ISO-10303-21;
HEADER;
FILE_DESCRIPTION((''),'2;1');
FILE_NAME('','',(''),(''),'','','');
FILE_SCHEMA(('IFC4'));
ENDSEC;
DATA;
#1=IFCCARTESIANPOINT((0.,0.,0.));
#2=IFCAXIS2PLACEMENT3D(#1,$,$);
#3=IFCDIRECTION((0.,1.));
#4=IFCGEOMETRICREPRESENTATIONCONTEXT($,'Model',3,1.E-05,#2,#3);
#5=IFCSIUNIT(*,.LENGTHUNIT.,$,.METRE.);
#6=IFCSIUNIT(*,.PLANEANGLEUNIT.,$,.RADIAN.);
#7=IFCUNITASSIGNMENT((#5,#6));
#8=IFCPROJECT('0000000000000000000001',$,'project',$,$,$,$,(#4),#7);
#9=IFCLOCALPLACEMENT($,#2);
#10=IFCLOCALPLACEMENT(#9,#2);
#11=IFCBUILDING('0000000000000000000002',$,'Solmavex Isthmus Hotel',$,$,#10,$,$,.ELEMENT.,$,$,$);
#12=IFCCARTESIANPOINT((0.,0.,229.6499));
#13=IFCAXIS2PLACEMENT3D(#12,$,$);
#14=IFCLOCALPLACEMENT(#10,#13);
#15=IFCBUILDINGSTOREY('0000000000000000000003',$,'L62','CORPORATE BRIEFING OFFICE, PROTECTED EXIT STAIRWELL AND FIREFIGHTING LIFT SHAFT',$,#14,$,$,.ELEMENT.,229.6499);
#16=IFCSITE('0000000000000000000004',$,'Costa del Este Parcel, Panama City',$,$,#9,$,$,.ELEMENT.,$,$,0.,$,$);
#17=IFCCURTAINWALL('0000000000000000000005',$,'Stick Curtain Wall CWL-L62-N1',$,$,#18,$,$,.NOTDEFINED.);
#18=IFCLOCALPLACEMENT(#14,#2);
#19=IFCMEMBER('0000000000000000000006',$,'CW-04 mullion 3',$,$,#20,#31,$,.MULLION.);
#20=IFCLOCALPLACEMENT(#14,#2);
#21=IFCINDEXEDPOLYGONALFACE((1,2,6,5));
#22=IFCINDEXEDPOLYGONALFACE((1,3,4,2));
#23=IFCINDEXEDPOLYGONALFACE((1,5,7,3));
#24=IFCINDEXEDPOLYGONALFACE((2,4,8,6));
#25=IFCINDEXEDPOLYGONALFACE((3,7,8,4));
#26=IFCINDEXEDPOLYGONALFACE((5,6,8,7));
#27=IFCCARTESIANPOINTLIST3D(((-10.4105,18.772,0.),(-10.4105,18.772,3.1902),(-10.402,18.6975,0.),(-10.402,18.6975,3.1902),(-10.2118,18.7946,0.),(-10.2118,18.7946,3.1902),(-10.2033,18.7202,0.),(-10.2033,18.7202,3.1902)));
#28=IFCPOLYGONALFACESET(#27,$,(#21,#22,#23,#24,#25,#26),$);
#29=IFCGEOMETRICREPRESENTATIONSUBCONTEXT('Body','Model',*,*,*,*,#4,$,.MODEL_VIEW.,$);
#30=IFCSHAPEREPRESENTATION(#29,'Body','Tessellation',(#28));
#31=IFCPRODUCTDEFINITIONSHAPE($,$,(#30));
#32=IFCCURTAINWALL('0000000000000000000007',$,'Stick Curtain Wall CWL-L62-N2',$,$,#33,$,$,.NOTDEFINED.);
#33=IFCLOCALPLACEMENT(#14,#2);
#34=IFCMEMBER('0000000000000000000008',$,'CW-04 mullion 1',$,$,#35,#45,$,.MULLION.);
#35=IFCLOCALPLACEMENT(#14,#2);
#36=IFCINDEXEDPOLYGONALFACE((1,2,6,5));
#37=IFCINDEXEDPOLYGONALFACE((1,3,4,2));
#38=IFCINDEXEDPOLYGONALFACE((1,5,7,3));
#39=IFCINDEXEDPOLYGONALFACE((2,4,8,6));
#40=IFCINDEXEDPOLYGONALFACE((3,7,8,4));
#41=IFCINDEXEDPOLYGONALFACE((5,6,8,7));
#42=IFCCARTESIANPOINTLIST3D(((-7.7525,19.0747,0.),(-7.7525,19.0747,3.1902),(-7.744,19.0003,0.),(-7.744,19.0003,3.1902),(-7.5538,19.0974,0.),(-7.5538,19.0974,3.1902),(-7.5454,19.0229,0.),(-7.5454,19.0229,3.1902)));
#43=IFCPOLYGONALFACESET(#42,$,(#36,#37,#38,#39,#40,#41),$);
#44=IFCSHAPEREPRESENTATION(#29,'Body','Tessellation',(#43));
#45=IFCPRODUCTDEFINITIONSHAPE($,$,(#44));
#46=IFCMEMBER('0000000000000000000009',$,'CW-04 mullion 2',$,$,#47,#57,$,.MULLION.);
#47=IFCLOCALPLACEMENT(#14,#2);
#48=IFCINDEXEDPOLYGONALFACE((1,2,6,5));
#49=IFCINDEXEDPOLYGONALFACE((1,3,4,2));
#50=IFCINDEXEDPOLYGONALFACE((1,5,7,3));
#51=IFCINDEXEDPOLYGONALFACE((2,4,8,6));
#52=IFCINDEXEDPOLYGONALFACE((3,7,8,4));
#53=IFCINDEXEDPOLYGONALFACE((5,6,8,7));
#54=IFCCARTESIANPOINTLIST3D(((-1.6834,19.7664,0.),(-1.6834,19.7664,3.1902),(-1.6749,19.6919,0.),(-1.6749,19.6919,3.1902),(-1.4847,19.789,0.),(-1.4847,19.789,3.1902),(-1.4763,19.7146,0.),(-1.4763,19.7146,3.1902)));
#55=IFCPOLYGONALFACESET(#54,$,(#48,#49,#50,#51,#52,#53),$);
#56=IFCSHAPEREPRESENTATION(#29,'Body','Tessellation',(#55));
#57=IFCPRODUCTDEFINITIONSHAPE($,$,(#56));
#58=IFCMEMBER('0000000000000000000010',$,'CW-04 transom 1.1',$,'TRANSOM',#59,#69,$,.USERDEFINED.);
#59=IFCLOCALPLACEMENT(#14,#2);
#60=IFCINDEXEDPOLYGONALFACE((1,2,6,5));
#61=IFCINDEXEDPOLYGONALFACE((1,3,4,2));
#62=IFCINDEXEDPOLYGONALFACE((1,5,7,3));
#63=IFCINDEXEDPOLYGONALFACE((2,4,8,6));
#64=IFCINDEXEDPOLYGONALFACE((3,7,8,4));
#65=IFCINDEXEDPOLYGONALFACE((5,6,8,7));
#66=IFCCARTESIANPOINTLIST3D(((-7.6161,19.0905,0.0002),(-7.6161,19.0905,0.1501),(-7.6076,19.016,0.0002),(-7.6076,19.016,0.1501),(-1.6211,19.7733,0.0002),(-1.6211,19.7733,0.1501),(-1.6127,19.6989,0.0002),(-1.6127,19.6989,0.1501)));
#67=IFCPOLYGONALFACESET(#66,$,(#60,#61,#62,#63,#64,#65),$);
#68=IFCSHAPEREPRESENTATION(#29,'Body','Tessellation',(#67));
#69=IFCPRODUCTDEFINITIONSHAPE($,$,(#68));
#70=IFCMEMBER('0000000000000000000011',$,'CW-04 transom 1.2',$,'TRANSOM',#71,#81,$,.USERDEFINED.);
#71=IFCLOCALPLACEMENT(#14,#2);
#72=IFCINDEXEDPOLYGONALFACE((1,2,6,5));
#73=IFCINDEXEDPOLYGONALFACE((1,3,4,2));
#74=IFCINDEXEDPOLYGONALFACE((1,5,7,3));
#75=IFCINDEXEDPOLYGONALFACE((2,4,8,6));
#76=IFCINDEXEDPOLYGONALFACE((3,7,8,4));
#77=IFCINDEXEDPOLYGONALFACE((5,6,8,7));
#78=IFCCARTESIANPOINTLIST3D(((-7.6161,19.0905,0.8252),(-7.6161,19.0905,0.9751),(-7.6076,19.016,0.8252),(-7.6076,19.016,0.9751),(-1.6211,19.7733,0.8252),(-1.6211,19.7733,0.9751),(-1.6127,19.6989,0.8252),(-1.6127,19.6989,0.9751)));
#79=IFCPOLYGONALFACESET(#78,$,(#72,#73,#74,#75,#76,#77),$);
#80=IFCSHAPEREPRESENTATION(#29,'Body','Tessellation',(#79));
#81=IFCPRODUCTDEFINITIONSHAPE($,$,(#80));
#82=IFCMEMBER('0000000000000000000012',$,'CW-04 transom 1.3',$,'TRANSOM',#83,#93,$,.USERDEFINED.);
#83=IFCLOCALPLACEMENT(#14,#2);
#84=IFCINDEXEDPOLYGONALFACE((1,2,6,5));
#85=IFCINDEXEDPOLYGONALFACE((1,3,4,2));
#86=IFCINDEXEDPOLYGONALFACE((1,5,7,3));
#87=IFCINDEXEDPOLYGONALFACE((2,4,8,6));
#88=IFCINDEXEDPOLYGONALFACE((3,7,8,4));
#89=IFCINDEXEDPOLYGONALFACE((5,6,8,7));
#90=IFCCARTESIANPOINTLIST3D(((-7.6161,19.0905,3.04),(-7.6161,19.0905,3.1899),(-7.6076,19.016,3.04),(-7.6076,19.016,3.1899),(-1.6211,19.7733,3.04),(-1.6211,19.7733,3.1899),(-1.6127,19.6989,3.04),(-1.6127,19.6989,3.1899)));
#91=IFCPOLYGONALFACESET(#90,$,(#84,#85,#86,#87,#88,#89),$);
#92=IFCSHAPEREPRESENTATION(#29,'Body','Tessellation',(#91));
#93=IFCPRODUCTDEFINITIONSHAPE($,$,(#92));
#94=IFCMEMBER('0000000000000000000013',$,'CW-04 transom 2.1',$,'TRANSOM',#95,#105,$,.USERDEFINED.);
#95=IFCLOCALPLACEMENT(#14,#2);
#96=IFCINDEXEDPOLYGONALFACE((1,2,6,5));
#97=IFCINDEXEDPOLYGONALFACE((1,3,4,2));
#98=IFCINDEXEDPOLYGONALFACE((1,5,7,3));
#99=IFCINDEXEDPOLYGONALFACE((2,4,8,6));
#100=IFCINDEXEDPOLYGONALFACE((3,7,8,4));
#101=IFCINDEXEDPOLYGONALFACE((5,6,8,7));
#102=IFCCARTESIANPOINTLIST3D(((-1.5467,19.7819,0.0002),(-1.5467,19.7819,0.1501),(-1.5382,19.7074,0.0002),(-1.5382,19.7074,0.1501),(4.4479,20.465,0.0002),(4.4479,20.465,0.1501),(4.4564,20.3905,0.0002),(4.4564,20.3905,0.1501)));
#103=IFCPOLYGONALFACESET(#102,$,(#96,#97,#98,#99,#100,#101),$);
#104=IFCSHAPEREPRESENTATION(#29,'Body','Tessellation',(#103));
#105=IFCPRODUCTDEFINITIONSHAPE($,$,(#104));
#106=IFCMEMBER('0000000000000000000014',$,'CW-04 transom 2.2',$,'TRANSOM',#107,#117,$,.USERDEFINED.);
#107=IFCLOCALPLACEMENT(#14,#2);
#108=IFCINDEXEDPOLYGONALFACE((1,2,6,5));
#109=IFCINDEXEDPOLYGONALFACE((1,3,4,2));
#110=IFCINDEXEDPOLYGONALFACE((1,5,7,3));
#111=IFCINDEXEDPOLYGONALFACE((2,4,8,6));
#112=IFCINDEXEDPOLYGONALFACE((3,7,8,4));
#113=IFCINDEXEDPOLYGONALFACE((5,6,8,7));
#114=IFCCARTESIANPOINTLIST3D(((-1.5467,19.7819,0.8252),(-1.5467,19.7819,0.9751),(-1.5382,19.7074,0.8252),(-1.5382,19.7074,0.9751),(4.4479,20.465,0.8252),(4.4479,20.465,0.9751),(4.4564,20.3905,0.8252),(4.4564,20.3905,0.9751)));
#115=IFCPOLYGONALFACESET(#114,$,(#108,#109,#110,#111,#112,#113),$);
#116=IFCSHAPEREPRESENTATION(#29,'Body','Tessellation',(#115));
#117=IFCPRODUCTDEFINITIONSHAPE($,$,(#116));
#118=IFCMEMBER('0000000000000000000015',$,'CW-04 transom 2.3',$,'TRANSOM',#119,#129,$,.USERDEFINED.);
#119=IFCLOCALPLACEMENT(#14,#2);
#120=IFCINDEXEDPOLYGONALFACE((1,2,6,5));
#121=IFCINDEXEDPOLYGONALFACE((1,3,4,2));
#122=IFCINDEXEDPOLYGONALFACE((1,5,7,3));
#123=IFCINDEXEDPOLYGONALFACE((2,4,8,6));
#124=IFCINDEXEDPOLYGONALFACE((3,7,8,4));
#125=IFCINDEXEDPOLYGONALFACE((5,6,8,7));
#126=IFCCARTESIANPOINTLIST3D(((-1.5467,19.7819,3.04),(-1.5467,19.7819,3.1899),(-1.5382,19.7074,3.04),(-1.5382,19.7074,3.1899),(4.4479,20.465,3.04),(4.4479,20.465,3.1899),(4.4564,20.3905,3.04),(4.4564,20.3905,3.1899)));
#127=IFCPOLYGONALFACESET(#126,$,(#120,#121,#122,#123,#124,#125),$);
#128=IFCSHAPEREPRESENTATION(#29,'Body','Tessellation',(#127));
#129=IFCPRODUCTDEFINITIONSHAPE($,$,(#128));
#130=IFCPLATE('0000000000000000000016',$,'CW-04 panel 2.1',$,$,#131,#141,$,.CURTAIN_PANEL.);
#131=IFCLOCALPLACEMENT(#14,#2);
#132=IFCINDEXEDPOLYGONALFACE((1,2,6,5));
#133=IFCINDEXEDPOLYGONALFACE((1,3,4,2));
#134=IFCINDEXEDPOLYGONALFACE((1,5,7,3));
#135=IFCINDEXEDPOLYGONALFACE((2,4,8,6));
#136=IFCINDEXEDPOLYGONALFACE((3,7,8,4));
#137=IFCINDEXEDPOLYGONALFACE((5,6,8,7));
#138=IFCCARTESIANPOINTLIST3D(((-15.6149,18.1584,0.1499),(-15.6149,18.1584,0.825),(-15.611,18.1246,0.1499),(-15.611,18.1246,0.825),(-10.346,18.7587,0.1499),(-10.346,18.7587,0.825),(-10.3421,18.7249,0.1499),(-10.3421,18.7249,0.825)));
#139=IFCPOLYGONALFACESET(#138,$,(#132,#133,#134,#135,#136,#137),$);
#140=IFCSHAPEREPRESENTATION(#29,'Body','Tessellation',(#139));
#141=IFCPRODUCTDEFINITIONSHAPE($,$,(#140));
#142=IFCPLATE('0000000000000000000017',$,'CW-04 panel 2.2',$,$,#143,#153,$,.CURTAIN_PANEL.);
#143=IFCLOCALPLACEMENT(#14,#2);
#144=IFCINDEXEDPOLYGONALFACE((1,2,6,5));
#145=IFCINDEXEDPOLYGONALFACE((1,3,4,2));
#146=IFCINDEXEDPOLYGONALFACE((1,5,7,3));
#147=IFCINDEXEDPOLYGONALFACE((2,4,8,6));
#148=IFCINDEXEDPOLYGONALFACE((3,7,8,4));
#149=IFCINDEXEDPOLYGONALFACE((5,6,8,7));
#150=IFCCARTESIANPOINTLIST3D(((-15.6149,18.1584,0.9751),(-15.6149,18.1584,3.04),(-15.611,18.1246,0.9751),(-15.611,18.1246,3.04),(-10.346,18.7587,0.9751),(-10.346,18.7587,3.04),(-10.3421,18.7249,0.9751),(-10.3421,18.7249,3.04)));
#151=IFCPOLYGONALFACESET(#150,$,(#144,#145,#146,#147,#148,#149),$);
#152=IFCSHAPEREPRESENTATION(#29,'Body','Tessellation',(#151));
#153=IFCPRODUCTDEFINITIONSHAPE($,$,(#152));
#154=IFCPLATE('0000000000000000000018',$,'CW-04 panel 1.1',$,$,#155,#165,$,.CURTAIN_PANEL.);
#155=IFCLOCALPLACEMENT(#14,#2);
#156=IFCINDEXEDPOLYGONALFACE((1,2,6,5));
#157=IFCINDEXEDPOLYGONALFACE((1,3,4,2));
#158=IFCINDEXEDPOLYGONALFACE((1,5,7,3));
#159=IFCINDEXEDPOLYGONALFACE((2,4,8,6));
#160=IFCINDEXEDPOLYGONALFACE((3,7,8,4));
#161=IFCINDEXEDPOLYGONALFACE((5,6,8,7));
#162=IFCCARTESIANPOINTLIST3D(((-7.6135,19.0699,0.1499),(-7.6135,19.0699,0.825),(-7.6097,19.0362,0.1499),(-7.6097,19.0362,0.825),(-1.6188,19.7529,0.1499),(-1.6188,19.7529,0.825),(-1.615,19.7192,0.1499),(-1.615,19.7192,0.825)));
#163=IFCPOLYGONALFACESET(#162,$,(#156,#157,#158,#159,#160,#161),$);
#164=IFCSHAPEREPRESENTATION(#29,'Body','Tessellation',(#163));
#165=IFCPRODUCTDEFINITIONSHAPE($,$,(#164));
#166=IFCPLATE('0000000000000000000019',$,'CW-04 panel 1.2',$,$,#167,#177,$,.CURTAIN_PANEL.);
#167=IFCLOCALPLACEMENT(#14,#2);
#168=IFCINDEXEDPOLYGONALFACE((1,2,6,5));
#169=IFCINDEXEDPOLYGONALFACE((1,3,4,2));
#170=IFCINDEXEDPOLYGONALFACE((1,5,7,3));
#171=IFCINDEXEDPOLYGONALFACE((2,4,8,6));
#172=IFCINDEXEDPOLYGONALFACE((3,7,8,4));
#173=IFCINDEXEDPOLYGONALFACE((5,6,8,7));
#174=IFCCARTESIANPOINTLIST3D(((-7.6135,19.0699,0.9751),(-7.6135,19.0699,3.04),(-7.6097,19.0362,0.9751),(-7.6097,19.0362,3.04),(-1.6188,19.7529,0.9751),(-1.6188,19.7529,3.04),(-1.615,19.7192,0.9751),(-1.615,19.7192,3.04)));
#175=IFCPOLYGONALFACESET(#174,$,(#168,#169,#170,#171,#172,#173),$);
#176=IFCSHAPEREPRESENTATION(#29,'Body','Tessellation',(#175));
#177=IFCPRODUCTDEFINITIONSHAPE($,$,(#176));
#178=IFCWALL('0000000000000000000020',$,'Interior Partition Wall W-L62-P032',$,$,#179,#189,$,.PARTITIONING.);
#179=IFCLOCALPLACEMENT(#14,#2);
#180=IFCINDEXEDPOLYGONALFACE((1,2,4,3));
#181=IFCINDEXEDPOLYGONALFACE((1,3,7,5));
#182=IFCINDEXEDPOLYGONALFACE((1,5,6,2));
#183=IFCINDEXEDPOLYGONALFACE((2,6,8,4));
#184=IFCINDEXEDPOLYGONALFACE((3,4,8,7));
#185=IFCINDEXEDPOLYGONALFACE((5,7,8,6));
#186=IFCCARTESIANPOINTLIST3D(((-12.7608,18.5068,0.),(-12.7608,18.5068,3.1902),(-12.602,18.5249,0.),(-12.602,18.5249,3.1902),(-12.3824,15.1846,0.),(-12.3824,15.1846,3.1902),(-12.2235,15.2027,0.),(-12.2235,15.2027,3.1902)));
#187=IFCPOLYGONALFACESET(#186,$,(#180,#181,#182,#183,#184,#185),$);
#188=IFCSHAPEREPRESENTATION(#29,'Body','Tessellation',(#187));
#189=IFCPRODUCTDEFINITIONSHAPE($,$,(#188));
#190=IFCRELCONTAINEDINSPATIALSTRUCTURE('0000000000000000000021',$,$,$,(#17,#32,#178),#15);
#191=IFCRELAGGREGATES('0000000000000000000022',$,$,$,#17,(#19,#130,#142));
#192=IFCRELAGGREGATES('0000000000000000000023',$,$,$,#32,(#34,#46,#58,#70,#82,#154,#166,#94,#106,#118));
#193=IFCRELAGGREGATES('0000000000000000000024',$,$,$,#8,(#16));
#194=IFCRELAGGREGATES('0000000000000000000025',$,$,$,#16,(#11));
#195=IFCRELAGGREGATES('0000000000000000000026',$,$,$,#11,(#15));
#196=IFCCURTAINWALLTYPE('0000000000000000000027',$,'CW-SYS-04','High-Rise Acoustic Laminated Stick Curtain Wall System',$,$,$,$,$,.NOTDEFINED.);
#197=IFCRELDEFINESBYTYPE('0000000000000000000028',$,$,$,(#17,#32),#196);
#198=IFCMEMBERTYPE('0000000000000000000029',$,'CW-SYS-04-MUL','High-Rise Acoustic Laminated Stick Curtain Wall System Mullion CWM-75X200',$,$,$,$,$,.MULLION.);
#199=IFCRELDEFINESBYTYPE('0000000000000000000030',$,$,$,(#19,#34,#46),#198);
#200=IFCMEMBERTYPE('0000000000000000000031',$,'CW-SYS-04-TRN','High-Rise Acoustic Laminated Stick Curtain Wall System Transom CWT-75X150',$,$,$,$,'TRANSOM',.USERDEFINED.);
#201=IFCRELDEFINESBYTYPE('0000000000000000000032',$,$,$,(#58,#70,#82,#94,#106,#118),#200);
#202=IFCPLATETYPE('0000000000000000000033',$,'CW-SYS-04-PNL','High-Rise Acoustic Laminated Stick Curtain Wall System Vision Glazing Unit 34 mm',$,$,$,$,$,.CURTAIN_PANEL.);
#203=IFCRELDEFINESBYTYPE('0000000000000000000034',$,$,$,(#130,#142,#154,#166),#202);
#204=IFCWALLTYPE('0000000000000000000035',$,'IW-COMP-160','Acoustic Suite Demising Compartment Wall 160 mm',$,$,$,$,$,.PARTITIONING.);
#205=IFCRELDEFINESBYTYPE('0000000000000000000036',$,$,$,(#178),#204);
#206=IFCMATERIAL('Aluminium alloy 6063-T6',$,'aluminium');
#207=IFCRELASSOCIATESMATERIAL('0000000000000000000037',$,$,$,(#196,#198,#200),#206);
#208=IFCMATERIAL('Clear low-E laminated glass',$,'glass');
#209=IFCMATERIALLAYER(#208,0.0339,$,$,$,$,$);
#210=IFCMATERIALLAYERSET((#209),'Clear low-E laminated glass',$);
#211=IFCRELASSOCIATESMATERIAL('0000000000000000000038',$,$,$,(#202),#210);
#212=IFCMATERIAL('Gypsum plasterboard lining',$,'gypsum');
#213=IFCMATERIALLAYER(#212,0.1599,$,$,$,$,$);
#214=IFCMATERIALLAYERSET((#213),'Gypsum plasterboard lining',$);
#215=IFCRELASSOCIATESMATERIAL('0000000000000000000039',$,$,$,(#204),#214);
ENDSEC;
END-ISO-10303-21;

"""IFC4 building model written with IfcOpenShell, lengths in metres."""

from ifc_helpers import new_model, si_unit, direction, frame, frame_2d, origin, origin_2d, place, context, subcontext, project, spatial, rectangle, extrude, material, layer, layer_set, material_profile, profile_set, type_object, element, aggregate, save


model = new_model("IFC4")

# Units and contexts
model_context = context("Model", 3, precision=1e-05, world=origin(), true_north=direction((0.0, 1.0)))
body_context = subcontext(model_context, "Body", "Model", "MODEL_VIEW")
ifc_project = project(units=[si_unit("LENGTHUNIT", "METRE"), si_unit("PLANEANGLEUNIT", "RADIAN")], contexts=[model_context])

# Site, building, storey
site_placement = place(None, origin())
site = spatial("IfcSite", under=ifc_project, at=site_placement, Name="Costa del Este Parcel, Panama City", CompositionType="ELEMENT", RefElevation=0.0)
building_placement = place(site_placement, origin())
building = spatial("IfcBuilding", under=site, at=building_placement, Name="Solmavex Isthmus Hotel", CompositionType="ELEMENT")
storey_placement = place(building_placement, frame((0.0, 0.0, 229.6499)))
storey = spatial("IfcBuildingStorey", under=building, at=storey_placement, Name="L62", Description="CORPORATE BRIEFING OFFICE, PROTECTED EXIT STAIRWELL AND FIREFIGHTING LIFT SHAFT", CompositionType="ELEMENT", Elevation=229.6499)

# Curtain wall, member
ifc_material_1 = material(Name="Aluminium alloy 6063-T6", Category="aluminium")
curtain_wall_type = type_object("IfcCurtainWallType", Name="CW-SYS-04", Description="High-Rise Acoustic Laminated Stick Curtain Wall System", PredefinedType="NOTDEFINED", material=ifc_material_1)
curtain_wall_1_placement = place(storey_placement, origin())
curtain_wall_1 = element("IfcCurtainWall", 1, at=curtain_wall_1_placement, inside=storey, type_object=curtain_wall_type, Name="Stick Curtain Wall CWL-L62-N1", PredefinedType="NOTDEFINED")
ifc_material_profile_1 = material_profile(ifc_material_1, rectangle(XDim=0.075, YDim=0.2, at=origin_2d()), Name="CWM-75X200")
ifc_profile_set_1 = profile_set([ifc_material_profile_1], Name="Aluminium alloy 6063-T6")
member_type_1 = type_object("IfcMemberType", Name="CW-SYS-04-MUL", Description="High-Rise Acoustic Laminated Stick Curtain Wall System Mullion CWM-75X200", PredefinedType="MULLION", material=ifc_profile_set_1)
member_1_placement = place(storey_placement, frame((-10.3069, 18.7461, 0.0), z_axis=(0.0, 0.0, 1.0), x_axis=(-0.113203, 0.993572, 0.0)))
member_1 = element("IfcMember", 2, at=member_1_placement, type_object=member_type_1, Name="CW-04 mullion 3", PredefinedType="MULLION", context=body_context, shape_type="SweptSolid", body=[
    extrude(rectangle(XDim=0.075, YDim=0.2, at=origin_2d()), origin(), (0.0, 0.0, 1.0), 3.1902),
])

# Curtain wall, members
curtain_wall_2_placement = place(storey_placement, origin())
curtain_wall_2 = element("IfcCurtainWall", 3, at=curtain_wall_2_placement, inside=storey, type_object=curtain_wall_type, Name="Stick Curtain Wall CWL-L62-N2", PredefinedType="NOTDEFINED")
member_2_placement = place(storey_placement, frame((-7.6489, 19.0488, 0.0), z_axis=(0.0, 0.0, 1.0), x_axis=(-0.113203, 0.993572, 0.0)))
member_2 = element("IfcMember", 4, at=member_2_placement, type_object=member_type_1, Name="CW-04 mullion 1", PredefinedType="MULLION", context=body_context, shape_type="SweptSolid", body=[
    extrude(rectangle(XDim=0.075, YDim=0.2, at=origin_2d()), origin(), (0.0, 0.0, 1.0), 3.1902),
])
member_3_placement = place(storey_placement, frame((-1.5798, 19.7405, 0.0), z_axis=(0.0, 0.0, 1.0), x_axis=(-0.113203, 0.993572, 0.0)))
member_3 = element("IfcMember", 5, at=member_3_placement, type_object=member_type_1, Name="CW-04 mullion 2", PredefinedType="MULLION", context=body_context, shape_type="SweptSolid", body=[
    extrude(rectangle(XDim=0.075, YDim=0.2, at=origin_2d()), origin(), (0.0, 0.0, 1.0), 3.1902),
])
ifc_material_profile_2 = material_profile(ifc_material_1, rectangle(XDim=0.075, YDim=0.1499, at=origin_2d()), Name="CWT-75X150")
ifc_profile_set_2 = profile_set([ifc_material_profile_2], Name="Aluminium alloy 6063-T6")
member_type_2 = type_object("IfcMemberType", Name="CW-SYS-04-TRN", Description="High-Rise Acoustic Laminated Stick Curtain Wall System Transom CWT-75X150", ElementType="TRANSOM", PredefinedType="USERDEFINED", material=ifc_profile_set_2)
member_4_placement = place(storey_placement, frame((-7.6118, 19.0532, 0.0752), z_axis=(0.993575, 0.113176, 0.0), x_axis=(-0.113176, 0.993575, 0.0)))
member_4 = element("IfcMember", 6, at=member_4_placement, type_object=member_type_2, Name="CW-04 transom 1.1", ObjectType="TRANSOM", PredefinedType="USERDEFINED", context=body_context, shape_type="SweptSolid", body=[
    extrude(rectangle(XDim=0.075, YDim=0.1499, at=origin_2d()), origin(), (0.0, 0.0, 1.0), 6.0337),
])
member_5_placement = place(storey_placement, frame((-7.6118, 19.0532, 0.9001), z_axis=(0.993575, 0.113176, 0.0), x_axis=(-0.113176, 0.993575, 0.0)))
member_5 = element("IfcMember", 7, at=member_5_placement, type_object=member_type_2, Name="CW-04 transom 1.2", ObjectType="TRANSOM", PredefinedType="USERDEFINED", context=body_context, shape_type="SweptSolid", body=[
    extrude(rectangle(XDim=0.075, YDim=0.1499, at=origin_2d()), origin(), (0.0, 0.0, 1.0), 6.0337),
])
member_6_placement = place(storey_placement, frame((-7.6118, 19.0532, 3.115), z_axis=(0.993575, 0.113176, 0.0), x_axis=(-0.113176, 0.993575, 0.0)))
member_6 = element("IfcMember", 8, at=member_6_placement, type_object=member_type_2, Name="CW-04 transom 1.3", ObjectType="TRANSOM", PredefinedType="USERDEFINED", context=body_context, shape_type="SweptSolid", body=[
    extrude(rectangle(XDim=0.075, YDim=0.1499, at=origin_2d()), origin(), (0.0, 0.0, 1.0), 6.0337),
])
member_7_placement = place(storey_placement, frame((-1.5425, 19.7446, 0.0752), z_axis=(0.99357, 0.11322, 0.0), x_axis=(-0.11322, 0.99357, 0.0)))
member_7 = element("IfcMember", 9, at=member_7_placement, type_object=member_type_2, Name="CW-04 transom 2.1", ObjectType="TRANSOM", PredefinedType="USERDEFINED", context=body_context, shape_type="SweptSolid", body=[
    extrude(rectangle(XDim=0.075, YDim=0.1499, at=origin_2d()), origin(), (0.0, 0.0, 1.0), 6.0334),
])
member_8_placement = place(storey_placement, frame((-1.5425, 19.7446, 0.9001), z_axis=(0.99357, 0.11322, 0.0), x_axis=(-0.11322, 0.99357, 0.0)))
member_8 = element("IfcMember", 10, at=member_8_placement, type_object=member_type_2, Name="CW-04 transom 2.2", ObjectType="TRANSOM", PredefinedType="USERDEFINED", context=body_context, shape_type="SweptSolid", body=[
    extrude(rectangle(XDim=0.075, YDim=0.1499, at=origin_2d()), origin(), (0.0, 0.0, 1.0), 6.0334),
])
member_9_placement = place(storey_placement, frame((-1.5425, 19.7446, 3.115), z_axis=(0.99357, 0.11322, 0.0), x_axis=(-0.11322, 0.99357, 0.0)))
member_9 = element("IfcMember", 11, at=member_9_placement, type_object=member_type_2, Name="CW-04 transom 2.3", ObjectType="TRANSOM", PredefinedType="USERDEFINED", context=body_context, shape_type="SweptSolid", body=[
    extrude(rectangle(XDim=0.075, YDim=0.1499, at=origin_2d()), origin(), (0.0, 0.0, 1.0), 6.0334),
])

# Plates
ifc_material_2 = material(Name="Clear low-E laminated glass", Category="glass")
ifc_layer_1 = layer(ifc_material_2, 0.0339)
ifc_layer_set_1 = layer_set([ifc_layer_1], Name="Clear low-E laminated glass")
plate_type = type_object("IfcPlateType", Name="CW-SYS-04-PNL", Description="High-Rise Acoustic Laminated Stick Curtain Wall System Vision Glazing Unit 34 mm", PredefinedType="CURTAIN_PANEL", material=ifc_layer_set_1)
plate_1_placement = place(storey_placement, frame((-12.9785, 18.4417, 0.1499), z_axis=(0.0, 0.0, 1.0), x_axis=(0.993572, 0.113203, 0.0)))
plate_1 = element("IfcPlate", 12, at=plate_1_placement, type_object=plate_type, Name="CW-04 panel 2.1", PredefinedType="CURTAIN_PANEL", context=body_context, shape_type="SweptSolid", body=[
    extrude(rectangle(XDim=5.303, YDim=0.0339, at=origin_2d()), origin(), (0.0, 0.0, 1.0), 0.675),
])
plate_2_placement = place(storey_placement, frame((-12.9785, 18.4417, 0.9751), z_axis=(0.0, 0.0, 1.0), x_axis=(0.993572, 0.113203, 0.0)))
plate_2 = element("IfcPlate", 13, at=plate_2_placement, type_object=plate_type, Name="CW-04 panel 2.2", PredefinedType="CURTAIN_PANEL", context=body_context, shape_type="SweptSolid", body=[
    extrude(rectangle(XDim=5.303, YDim=0.0339, at=origin_2d()), origin(), (0.0, 0.0, 1.0), 2.0649),
])
aggregate(curtain_wall_1, [member_1, plate_1, plate_2])
plate_3_placement = place(storey_placement, frame((-4.6143, 19.3945, 0.1499), z_axis=(0.0, 0.0, 1.0), x_axis=(0.993572, 0.113203, 0.0)))
plate_3 = element("IfcPlate", 14, at=plate_3_placement, type_object=plate_type, Name="CW-04 panel 1.1", PredefinedType="CURTAIN_PANEL", context=body_context, shape_type="SweptSolid", body=[
    extrude(rectangle(XDim=6.0334, YDim=0.0339, at=origin_2d()), origin(), (0.0, 0.0, 1.0), 0.675),
])
plate_4_placement = place(storey_placement, frame((-4.6143, 19.3945, 0.9751), z_axis=(0.0, 0.0, 1.0), x_axis=(0.993572, 0.113203, 0.0)))
plate_4 = element("IfcPlate", 15, at=plate_4_placement, type_object=plate_type, Name="CW-04 panel 1.2", PredefinedType="CURTAIN_PANEL", context=body_context, shape_type="SweptSolid", body=[
    extrude(rectangle(XDim=6.0334, YDim=0.0339, at=origin_2d()), origin(), (0.0, 0.0, 1.0), 2.0649),
])
aggregate(curtain_wall_2, [member_2, member_3, member_4, member_5, member_6, plate_3, plate_4, member_7, member_8, member_9])

# Wall
ifc_material_3 = material(Name="Gypsum plasterboard lining", Category="gypsum")
ifc_layer_2 = layer(ifc_material_3, 0.1599)
ifc_layer_set_2 = layer_set([ifc_layer_2], Name="Gypsum plasterboard lining")
wall_type_1 = type_object("IfcWallType", Name="IW-COMP-160", Description="Acoustic Suite Demising Compartment Wall 160 mm", PredefinedType="PARTITIONING", material=ifc_layer_set_2)
wall_1_placement = place(storey_placement, frame((-12.6814, 18.5159, 0.0), z_axis=(0.0, 0.0, 1.0), x_axis=(0.113172, -0.993575, 0.0)))
element("IfcWall", 16, at=wall_1_placement, inside=storey, type_object=wall_type_1, Name="Interior Partition Wall W-L62-P032", PredefinedType="PARTITIONING", context=body_context, shape_type="SweptSolid", body=[
    extrude(rectangle(XDim=3.3438, YDim=0.1599, at=frame_2d((1.6719, 0.0))), origin(), (0.0, 0.0, 1.0), 3.1902),
])

save(model, "model.ifc")
